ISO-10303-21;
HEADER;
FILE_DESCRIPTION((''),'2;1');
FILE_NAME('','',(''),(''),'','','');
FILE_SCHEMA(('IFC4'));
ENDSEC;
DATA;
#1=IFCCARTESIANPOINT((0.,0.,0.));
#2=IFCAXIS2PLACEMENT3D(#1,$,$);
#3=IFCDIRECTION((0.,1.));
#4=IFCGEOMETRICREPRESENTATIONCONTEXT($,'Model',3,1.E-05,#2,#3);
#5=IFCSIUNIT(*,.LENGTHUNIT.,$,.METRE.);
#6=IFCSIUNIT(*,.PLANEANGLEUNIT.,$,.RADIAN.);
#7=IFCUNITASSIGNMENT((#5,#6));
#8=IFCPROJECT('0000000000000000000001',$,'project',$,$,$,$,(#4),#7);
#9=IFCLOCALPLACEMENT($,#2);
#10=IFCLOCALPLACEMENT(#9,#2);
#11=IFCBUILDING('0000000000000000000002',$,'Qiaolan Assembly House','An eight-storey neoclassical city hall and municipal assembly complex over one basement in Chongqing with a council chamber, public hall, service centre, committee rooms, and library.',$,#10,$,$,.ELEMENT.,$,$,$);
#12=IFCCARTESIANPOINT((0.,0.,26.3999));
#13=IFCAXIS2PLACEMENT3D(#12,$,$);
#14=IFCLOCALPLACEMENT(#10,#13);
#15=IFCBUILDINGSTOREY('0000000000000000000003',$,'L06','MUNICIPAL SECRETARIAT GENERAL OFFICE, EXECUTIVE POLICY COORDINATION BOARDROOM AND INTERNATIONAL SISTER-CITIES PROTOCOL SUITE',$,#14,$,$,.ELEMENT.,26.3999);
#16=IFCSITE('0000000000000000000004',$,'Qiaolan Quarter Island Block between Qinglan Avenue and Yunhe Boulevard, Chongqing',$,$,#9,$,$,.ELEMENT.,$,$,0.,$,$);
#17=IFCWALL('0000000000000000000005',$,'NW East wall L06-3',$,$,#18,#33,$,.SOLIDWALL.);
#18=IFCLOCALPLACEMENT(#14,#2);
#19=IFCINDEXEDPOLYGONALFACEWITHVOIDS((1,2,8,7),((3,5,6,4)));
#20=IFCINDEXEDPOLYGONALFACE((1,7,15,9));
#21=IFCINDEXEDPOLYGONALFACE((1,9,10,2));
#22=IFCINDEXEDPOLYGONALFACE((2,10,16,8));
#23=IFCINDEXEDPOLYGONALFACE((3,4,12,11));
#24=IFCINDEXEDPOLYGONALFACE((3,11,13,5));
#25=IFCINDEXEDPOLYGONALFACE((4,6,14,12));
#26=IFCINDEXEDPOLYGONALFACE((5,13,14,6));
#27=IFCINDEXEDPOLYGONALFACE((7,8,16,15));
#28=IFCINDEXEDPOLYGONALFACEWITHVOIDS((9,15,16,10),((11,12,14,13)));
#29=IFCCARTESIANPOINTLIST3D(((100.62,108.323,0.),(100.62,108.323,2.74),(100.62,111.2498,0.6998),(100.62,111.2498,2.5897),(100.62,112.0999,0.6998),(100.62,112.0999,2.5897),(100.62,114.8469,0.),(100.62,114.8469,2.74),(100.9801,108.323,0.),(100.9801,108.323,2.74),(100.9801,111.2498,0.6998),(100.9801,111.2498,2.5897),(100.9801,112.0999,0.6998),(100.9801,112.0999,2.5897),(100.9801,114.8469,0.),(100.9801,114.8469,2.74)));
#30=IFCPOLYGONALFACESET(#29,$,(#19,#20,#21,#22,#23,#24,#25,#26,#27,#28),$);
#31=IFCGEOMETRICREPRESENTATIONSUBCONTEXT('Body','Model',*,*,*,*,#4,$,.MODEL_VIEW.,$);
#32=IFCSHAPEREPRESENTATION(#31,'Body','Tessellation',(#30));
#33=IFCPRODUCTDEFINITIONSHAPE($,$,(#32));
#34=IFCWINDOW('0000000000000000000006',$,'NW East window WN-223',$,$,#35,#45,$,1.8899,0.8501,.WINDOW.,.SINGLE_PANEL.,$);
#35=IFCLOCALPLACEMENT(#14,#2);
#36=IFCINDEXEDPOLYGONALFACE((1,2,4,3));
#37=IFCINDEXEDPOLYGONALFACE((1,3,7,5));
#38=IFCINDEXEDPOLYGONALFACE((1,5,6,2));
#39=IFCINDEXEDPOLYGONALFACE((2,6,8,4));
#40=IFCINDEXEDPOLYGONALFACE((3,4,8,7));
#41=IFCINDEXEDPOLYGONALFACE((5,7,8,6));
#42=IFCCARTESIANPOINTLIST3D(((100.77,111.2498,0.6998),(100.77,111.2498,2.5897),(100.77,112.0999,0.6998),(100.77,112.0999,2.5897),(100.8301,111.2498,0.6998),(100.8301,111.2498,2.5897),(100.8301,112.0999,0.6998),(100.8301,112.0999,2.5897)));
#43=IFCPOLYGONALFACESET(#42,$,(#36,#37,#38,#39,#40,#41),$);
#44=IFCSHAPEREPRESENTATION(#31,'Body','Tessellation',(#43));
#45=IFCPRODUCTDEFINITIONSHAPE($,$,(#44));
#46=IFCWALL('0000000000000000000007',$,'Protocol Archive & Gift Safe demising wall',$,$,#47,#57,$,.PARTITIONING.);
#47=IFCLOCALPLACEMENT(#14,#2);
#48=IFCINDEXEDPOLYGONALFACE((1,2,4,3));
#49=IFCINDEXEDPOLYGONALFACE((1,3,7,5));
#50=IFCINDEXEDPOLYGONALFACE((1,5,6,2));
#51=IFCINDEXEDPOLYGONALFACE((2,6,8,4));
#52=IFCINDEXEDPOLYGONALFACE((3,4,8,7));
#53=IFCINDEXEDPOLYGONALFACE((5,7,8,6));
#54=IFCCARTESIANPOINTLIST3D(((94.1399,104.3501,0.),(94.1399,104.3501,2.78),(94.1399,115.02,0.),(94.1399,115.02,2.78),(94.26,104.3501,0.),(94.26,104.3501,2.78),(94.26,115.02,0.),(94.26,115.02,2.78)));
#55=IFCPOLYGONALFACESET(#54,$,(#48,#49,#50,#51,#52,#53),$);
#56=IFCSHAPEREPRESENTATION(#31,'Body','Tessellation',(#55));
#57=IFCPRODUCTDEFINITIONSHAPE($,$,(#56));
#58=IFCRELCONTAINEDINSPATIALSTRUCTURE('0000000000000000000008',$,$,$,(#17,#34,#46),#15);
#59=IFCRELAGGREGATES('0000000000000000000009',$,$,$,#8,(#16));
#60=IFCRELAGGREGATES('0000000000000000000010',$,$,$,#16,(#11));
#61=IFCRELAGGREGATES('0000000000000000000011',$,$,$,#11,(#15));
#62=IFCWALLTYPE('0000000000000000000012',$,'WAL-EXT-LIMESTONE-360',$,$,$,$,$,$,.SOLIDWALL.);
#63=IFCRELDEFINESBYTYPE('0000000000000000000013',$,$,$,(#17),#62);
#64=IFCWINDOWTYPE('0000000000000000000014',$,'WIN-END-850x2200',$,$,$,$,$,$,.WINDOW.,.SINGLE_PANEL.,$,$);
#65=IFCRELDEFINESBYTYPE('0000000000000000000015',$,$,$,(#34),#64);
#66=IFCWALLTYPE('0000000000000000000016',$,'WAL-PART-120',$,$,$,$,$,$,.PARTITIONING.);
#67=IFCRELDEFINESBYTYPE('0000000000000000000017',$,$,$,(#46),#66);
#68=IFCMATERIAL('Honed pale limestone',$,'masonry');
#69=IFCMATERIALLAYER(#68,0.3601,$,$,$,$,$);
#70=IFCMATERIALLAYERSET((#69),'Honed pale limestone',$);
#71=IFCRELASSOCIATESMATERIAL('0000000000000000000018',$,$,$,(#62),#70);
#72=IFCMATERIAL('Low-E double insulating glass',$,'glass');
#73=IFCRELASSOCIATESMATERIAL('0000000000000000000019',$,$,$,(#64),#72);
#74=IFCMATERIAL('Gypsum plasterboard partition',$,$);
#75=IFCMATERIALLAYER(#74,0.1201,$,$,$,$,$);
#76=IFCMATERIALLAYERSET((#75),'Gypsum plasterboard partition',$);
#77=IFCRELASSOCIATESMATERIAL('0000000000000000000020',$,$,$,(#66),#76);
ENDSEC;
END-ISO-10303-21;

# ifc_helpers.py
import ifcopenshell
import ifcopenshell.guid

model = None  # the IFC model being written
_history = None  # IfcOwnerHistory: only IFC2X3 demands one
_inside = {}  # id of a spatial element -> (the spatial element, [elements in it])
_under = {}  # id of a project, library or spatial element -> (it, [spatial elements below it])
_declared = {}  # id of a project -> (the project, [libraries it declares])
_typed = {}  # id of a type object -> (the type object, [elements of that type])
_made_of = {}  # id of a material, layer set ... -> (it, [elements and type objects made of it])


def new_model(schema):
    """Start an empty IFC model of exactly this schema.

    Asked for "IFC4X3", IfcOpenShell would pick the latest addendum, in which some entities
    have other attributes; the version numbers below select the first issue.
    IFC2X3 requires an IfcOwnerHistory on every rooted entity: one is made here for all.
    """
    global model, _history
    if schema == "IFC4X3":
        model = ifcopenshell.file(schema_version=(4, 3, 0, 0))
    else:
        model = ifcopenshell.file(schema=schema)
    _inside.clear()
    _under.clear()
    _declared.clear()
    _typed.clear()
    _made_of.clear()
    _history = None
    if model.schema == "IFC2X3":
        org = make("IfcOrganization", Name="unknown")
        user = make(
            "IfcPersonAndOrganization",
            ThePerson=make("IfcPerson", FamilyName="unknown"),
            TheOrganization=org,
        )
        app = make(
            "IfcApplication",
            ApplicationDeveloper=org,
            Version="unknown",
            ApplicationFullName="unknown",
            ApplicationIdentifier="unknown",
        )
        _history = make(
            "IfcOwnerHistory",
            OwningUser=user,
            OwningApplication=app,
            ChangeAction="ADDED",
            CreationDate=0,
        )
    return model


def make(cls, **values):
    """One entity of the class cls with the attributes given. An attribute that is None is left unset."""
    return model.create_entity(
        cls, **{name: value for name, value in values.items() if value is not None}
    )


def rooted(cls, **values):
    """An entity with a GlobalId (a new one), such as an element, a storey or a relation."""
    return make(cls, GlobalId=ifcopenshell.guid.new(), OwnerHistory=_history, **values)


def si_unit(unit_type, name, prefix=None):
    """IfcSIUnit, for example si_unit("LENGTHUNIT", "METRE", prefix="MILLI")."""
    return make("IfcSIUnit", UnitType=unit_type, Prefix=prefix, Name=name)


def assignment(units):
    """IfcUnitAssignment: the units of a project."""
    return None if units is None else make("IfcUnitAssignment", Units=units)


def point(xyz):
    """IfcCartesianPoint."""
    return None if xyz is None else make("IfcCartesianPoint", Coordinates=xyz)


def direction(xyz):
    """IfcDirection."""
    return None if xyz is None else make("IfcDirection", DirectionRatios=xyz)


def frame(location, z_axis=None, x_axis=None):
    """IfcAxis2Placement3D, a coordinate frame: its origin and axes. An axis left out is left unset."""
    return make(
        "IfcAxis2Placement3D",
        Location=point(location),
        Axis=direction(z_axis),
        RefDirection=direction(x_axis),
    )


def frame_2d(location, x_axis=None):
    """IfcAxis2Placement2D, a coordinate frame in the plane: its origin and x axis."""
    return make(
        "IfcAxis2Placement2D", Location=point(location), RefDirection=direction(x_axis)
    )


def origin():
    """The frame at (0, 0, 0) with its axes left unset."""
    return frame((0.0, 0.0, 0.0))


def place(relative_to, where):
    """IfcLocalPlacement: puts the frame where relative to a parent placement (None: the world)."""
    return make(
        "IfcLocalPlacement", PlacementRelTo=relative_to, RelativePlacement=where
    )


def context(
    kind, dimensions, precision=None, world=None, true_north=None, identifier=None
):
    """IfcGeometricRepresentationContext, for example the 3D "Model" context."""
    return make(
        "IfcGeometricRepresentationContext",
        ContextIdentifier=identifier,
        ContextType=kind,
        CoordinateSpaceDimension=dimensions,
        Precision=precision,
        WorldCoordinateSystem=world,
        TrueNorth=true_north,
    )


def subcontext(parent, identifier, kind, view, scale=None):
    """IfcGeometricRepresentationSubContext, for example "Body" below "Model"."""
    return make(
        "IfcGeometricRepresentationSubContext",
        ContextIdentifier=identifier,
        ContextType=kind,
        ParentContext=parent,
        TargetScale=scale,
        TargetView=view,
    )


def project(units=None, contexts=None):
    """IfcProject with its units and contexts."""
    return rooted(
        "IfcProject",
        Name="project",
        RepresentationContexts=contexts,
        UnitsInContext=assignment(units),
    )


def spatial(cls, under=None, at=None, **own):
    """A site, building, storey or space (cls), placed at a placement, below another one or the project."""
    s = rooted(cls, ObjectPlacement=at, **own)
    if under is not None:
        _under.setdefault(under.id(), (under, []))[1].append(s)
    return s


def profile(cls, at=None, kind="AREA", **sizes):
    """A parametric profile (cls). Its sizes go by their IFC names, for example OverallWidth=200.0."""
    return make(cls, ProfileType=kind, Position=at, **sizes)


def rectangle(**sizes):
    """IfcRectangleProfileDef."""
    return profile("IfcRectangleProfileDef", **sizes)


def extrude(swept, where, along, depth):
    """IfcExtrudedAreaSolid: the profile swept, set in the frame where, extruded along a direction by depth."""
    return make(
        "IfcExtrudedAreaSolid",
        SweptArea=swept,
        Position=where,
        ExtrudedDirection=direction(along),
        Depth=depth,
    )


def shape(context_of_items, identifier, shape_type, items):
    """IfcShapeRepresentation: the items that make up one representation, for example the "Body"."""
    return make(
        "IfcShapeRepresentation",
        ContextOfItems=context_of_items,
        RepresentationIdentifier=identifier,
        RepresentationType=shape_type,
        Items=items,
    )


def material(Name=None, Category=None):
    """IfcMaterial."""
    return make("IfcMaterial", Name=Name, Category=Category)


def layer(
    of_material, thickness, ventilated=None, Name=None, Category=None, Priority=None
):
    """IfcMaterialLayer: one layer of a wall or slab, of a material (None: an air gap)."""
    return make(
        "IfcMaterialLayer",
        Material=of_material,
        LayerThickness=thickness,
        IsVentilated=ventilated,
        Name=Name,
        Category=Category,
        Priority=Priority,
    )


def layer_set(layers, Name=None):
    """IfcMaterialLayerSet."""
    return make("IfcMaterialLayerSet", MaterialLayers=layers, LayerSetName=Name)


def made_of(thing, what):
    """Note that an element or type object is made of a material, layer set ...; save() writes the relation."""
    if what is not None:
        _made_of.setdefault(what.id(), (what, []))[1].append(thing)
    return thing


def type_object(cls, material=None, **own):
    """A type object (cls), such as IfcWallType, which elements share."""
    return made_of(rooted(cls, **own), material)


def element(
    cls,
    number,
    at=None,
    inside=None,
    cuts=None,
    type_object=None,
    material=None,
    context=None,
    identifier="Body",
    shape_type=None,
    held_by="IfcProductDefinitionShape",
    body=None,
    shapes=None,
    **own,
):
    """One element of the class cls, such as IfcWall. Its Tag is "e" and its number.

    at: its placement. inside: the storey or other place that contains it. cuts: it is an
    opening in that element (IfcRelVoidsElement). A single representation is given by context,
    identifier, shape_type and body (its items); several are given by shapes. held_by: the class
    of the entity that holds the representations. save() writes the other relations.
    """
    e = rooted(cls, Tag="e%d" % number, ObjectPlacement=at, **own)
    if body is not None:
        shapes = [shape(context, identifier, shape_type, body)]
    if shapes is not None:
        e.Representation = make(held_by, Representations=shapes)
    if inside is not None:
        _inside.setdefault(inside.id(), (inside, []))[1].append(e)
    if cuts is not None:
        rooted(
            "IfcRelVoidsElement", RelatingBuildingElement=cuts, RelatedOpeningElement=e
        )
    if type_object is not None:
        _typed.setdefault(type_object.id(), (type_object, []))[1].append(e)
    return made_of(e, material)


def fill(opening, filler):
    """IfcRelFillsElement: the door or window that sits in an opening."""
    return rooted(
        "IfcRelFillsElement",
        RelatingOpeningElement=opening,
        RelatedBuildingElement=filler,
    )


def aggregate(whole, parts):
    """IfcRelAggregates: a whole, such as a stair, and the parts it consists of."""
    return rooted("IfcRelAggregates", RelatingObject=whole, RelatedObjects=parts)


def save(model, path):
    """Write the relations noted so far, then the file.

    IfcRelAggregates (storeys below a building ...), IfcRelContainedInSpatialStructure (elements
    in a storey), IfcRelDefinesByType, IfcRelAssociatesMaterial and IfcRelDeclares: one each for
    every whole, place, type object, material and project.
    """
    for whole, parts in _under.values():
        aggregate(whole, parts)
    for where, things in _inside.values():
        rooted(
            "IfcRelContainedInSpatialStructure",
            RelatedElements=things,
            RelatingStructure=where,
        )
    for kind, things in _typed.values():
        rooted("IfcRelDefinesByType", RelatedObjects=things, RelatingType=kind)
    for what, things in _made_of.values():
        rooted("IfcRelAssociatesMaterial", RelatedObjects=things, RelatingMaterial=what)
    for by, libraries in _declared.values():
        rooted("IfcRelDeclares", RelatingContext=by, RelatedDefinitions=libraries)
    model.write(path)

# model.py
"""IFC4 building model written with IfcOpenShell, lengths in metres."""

from ifc_helpers import new_model, si_unit, direction, frame, frame_2d, origin, place, context, subcontext, project, spatial, rectangle, extrude, material, layer, layer_set, type_object, element, fill, save


model = new_model("IFC4")

# Units and contexts
model_context = context("Model", 3, precision=1e-05, world=origin(), true_north=direction((0.0, 1.0)))
body_context = subcontext(model_context, "Body", "Model", "MODEL_VIEW")
ifc_project = project(units=[si_unit("LENGTHUNIT", "METRE"), si_unit("PLANEANGLEUNIT", "RADIAN")], contexts=[model_context])

# Site, building, storey
site_placement = place(None, origin())
site = spatial("IfcSite", under=ifc_project, at=site_placement, Name="Qiaolan Quarter Island Block between Qinglan Avenue and Yunhe Boulevard, Chongqing", CompositionType="ELEMENT", RefElevation=0.0)
building_placement = place(site_placement, origin())
building = spatial("IfcBuilding", under=site, at=building_placement, Name="Qiaolan Assembly House", Description="An eight-storey neoclassical city hall and municipal assembly complex over one basement in Chongqing with a council chamber, public hall, service centre, committee rooms, and library.", CompositionType="ELEMENT")
storey_placement = place(building_placement, frame((0.0, 0.0, 26.3999)))
storey = spatial("IfcBuildingStorey", under=building, at=storey_placement, Name="L06", Description="MUNICIPAL SECRETARIAT GENERAL OFFICE, EXECUTIVE POLICY COORDINATION BOARDROOM AND INTERNATIONAL SISTER-CITIES PROTOCOL SUITE", CompositionType="ELEMENT", Elevation=26.3999)

# Shared definitions
ifc_material_1 = material(Name="Honed pale limestone", Category="masonry")
ifc_layer_1 = layer(ifc_material_1, 0.3601)
ifc_layer_set_1 = layer_set([ifc_layer_1], Name="Honed pale limestone")
wall_type_1 = type_object("IfcWallType", Name="WAL-EXT-LIMESTONE-360", PredefinedType="SOLIDWALL", material=ifc_layer_set_1)
ifc_material_2 = material(Name="Low-E double insulating glass", Category="glass")

# Wall, opening, window
window_type_1 = type_object("IfcWindowType", Name="WIN-END-850x2200", PartitioningType="SINGLE_PANEL", PredefinedType="WINDOW", material=ifc_material_2)
wall_1_placement = place(storey_placement, frame((100.8, 114.8469, 0.0), z_axis=(0.0, 0.0, 1.0), x_axis=(0.0, -1.0, 0.0)))
wall_1 = element("IfcWall", 1, at=wall_1_placement, inside=storey, type_object=wall_type_1, Name="NW East wall L06-3", PredefinedType="SOLIDWALL", context=body_context, shape_type="SweptSolid", body=[
    extrude(rectangle(XDim=6.5239, YDim=0.3601, at=frame_2d((3.262, 0.0))), origin(), (0.0, 0.0, 1.0), 2.74),
])
opening_1_placement = place(wall_1_placement, frame((2.7471, 0.0, 0.7)))
opening_1 = element("IfcOpeningElement", 2, at=opening_1_placement, cuts=wall_1, PredefinedType="OPENING", context=body_context, shape_type="SweptSolid", body=[
    extrude(rectangle(XDim=0.8501, YDim=1.8899, at=frame_2d((0.425, 0.9448))), frame((0.0, 0.1899, 0.0), z_axis=(0.0, -1.0, 0.0), x_axis=(1.0, 0.0, 0.0)), (0.0, 0.0, 1.0), 0.3801),
])
window_1_placement = place(opening_1_placement, origin())
window_1 = element("IfcWindow", 3, at=window_1_placement, inside=storey, type_object=window_type_1, Name="NW East window WN-223", OverallHeight=1.8899, OverallWidth=0.8501, PartitioningType="SINGLE_PANEL", PredefinedType="WINDOW", context=body_context, shape_type="SweptSolid", body=[
    extrude(rectangle(XDim=0.8501, YDim=1.8899, at=frame_2d((0.425, 0.9448))), frame((0.0, 0.03, 0.0), z_axis=(0.0, -1.0, 0.0), x_axis=(1.0, 0.0, 0.0)), (0.0, 0.0, 1.0), 0.0601),
])
fill(opening_1, window_1)

# Wall
ifc_material_3 = material(Name="Gypsum plasterboard partition")
ifc_layer_2 = layer(ifc_material_3, 0.1201)
ifc_layer_set_2 = layer_set([ifc_layer_2], Name="Gypsum plasterboard partition")
wall_type_2 = type_object("IfcWallType", Name="WAL-PART-120", PredefinedType="PARTITIONING", material=ifc_layer_set_2)
wall_2_placement = place(storey_placement, frame((94.2, 104.3501, 0.0), z_axis=(0.0, 0.0, 1.0), x_axis=(0.0, 1.0, 0.0)))
element("IfcWall", 4, at=wall_2_placement, inside=storey, type_object=wall_type_2, Name="Protocol Archive & Gift Safe demising wall", PredefinedType="PARTITIONING", context=body_context, shape_type="SweptSolid", body=[
    extrude(rectangle(XDim=10.6699, YDim=0.1201, at=frame_2d((5.335, 0.0))), origin(), (0.0, 0.0, 1.0), 2.78),
])

save(model, "model.ifc")
